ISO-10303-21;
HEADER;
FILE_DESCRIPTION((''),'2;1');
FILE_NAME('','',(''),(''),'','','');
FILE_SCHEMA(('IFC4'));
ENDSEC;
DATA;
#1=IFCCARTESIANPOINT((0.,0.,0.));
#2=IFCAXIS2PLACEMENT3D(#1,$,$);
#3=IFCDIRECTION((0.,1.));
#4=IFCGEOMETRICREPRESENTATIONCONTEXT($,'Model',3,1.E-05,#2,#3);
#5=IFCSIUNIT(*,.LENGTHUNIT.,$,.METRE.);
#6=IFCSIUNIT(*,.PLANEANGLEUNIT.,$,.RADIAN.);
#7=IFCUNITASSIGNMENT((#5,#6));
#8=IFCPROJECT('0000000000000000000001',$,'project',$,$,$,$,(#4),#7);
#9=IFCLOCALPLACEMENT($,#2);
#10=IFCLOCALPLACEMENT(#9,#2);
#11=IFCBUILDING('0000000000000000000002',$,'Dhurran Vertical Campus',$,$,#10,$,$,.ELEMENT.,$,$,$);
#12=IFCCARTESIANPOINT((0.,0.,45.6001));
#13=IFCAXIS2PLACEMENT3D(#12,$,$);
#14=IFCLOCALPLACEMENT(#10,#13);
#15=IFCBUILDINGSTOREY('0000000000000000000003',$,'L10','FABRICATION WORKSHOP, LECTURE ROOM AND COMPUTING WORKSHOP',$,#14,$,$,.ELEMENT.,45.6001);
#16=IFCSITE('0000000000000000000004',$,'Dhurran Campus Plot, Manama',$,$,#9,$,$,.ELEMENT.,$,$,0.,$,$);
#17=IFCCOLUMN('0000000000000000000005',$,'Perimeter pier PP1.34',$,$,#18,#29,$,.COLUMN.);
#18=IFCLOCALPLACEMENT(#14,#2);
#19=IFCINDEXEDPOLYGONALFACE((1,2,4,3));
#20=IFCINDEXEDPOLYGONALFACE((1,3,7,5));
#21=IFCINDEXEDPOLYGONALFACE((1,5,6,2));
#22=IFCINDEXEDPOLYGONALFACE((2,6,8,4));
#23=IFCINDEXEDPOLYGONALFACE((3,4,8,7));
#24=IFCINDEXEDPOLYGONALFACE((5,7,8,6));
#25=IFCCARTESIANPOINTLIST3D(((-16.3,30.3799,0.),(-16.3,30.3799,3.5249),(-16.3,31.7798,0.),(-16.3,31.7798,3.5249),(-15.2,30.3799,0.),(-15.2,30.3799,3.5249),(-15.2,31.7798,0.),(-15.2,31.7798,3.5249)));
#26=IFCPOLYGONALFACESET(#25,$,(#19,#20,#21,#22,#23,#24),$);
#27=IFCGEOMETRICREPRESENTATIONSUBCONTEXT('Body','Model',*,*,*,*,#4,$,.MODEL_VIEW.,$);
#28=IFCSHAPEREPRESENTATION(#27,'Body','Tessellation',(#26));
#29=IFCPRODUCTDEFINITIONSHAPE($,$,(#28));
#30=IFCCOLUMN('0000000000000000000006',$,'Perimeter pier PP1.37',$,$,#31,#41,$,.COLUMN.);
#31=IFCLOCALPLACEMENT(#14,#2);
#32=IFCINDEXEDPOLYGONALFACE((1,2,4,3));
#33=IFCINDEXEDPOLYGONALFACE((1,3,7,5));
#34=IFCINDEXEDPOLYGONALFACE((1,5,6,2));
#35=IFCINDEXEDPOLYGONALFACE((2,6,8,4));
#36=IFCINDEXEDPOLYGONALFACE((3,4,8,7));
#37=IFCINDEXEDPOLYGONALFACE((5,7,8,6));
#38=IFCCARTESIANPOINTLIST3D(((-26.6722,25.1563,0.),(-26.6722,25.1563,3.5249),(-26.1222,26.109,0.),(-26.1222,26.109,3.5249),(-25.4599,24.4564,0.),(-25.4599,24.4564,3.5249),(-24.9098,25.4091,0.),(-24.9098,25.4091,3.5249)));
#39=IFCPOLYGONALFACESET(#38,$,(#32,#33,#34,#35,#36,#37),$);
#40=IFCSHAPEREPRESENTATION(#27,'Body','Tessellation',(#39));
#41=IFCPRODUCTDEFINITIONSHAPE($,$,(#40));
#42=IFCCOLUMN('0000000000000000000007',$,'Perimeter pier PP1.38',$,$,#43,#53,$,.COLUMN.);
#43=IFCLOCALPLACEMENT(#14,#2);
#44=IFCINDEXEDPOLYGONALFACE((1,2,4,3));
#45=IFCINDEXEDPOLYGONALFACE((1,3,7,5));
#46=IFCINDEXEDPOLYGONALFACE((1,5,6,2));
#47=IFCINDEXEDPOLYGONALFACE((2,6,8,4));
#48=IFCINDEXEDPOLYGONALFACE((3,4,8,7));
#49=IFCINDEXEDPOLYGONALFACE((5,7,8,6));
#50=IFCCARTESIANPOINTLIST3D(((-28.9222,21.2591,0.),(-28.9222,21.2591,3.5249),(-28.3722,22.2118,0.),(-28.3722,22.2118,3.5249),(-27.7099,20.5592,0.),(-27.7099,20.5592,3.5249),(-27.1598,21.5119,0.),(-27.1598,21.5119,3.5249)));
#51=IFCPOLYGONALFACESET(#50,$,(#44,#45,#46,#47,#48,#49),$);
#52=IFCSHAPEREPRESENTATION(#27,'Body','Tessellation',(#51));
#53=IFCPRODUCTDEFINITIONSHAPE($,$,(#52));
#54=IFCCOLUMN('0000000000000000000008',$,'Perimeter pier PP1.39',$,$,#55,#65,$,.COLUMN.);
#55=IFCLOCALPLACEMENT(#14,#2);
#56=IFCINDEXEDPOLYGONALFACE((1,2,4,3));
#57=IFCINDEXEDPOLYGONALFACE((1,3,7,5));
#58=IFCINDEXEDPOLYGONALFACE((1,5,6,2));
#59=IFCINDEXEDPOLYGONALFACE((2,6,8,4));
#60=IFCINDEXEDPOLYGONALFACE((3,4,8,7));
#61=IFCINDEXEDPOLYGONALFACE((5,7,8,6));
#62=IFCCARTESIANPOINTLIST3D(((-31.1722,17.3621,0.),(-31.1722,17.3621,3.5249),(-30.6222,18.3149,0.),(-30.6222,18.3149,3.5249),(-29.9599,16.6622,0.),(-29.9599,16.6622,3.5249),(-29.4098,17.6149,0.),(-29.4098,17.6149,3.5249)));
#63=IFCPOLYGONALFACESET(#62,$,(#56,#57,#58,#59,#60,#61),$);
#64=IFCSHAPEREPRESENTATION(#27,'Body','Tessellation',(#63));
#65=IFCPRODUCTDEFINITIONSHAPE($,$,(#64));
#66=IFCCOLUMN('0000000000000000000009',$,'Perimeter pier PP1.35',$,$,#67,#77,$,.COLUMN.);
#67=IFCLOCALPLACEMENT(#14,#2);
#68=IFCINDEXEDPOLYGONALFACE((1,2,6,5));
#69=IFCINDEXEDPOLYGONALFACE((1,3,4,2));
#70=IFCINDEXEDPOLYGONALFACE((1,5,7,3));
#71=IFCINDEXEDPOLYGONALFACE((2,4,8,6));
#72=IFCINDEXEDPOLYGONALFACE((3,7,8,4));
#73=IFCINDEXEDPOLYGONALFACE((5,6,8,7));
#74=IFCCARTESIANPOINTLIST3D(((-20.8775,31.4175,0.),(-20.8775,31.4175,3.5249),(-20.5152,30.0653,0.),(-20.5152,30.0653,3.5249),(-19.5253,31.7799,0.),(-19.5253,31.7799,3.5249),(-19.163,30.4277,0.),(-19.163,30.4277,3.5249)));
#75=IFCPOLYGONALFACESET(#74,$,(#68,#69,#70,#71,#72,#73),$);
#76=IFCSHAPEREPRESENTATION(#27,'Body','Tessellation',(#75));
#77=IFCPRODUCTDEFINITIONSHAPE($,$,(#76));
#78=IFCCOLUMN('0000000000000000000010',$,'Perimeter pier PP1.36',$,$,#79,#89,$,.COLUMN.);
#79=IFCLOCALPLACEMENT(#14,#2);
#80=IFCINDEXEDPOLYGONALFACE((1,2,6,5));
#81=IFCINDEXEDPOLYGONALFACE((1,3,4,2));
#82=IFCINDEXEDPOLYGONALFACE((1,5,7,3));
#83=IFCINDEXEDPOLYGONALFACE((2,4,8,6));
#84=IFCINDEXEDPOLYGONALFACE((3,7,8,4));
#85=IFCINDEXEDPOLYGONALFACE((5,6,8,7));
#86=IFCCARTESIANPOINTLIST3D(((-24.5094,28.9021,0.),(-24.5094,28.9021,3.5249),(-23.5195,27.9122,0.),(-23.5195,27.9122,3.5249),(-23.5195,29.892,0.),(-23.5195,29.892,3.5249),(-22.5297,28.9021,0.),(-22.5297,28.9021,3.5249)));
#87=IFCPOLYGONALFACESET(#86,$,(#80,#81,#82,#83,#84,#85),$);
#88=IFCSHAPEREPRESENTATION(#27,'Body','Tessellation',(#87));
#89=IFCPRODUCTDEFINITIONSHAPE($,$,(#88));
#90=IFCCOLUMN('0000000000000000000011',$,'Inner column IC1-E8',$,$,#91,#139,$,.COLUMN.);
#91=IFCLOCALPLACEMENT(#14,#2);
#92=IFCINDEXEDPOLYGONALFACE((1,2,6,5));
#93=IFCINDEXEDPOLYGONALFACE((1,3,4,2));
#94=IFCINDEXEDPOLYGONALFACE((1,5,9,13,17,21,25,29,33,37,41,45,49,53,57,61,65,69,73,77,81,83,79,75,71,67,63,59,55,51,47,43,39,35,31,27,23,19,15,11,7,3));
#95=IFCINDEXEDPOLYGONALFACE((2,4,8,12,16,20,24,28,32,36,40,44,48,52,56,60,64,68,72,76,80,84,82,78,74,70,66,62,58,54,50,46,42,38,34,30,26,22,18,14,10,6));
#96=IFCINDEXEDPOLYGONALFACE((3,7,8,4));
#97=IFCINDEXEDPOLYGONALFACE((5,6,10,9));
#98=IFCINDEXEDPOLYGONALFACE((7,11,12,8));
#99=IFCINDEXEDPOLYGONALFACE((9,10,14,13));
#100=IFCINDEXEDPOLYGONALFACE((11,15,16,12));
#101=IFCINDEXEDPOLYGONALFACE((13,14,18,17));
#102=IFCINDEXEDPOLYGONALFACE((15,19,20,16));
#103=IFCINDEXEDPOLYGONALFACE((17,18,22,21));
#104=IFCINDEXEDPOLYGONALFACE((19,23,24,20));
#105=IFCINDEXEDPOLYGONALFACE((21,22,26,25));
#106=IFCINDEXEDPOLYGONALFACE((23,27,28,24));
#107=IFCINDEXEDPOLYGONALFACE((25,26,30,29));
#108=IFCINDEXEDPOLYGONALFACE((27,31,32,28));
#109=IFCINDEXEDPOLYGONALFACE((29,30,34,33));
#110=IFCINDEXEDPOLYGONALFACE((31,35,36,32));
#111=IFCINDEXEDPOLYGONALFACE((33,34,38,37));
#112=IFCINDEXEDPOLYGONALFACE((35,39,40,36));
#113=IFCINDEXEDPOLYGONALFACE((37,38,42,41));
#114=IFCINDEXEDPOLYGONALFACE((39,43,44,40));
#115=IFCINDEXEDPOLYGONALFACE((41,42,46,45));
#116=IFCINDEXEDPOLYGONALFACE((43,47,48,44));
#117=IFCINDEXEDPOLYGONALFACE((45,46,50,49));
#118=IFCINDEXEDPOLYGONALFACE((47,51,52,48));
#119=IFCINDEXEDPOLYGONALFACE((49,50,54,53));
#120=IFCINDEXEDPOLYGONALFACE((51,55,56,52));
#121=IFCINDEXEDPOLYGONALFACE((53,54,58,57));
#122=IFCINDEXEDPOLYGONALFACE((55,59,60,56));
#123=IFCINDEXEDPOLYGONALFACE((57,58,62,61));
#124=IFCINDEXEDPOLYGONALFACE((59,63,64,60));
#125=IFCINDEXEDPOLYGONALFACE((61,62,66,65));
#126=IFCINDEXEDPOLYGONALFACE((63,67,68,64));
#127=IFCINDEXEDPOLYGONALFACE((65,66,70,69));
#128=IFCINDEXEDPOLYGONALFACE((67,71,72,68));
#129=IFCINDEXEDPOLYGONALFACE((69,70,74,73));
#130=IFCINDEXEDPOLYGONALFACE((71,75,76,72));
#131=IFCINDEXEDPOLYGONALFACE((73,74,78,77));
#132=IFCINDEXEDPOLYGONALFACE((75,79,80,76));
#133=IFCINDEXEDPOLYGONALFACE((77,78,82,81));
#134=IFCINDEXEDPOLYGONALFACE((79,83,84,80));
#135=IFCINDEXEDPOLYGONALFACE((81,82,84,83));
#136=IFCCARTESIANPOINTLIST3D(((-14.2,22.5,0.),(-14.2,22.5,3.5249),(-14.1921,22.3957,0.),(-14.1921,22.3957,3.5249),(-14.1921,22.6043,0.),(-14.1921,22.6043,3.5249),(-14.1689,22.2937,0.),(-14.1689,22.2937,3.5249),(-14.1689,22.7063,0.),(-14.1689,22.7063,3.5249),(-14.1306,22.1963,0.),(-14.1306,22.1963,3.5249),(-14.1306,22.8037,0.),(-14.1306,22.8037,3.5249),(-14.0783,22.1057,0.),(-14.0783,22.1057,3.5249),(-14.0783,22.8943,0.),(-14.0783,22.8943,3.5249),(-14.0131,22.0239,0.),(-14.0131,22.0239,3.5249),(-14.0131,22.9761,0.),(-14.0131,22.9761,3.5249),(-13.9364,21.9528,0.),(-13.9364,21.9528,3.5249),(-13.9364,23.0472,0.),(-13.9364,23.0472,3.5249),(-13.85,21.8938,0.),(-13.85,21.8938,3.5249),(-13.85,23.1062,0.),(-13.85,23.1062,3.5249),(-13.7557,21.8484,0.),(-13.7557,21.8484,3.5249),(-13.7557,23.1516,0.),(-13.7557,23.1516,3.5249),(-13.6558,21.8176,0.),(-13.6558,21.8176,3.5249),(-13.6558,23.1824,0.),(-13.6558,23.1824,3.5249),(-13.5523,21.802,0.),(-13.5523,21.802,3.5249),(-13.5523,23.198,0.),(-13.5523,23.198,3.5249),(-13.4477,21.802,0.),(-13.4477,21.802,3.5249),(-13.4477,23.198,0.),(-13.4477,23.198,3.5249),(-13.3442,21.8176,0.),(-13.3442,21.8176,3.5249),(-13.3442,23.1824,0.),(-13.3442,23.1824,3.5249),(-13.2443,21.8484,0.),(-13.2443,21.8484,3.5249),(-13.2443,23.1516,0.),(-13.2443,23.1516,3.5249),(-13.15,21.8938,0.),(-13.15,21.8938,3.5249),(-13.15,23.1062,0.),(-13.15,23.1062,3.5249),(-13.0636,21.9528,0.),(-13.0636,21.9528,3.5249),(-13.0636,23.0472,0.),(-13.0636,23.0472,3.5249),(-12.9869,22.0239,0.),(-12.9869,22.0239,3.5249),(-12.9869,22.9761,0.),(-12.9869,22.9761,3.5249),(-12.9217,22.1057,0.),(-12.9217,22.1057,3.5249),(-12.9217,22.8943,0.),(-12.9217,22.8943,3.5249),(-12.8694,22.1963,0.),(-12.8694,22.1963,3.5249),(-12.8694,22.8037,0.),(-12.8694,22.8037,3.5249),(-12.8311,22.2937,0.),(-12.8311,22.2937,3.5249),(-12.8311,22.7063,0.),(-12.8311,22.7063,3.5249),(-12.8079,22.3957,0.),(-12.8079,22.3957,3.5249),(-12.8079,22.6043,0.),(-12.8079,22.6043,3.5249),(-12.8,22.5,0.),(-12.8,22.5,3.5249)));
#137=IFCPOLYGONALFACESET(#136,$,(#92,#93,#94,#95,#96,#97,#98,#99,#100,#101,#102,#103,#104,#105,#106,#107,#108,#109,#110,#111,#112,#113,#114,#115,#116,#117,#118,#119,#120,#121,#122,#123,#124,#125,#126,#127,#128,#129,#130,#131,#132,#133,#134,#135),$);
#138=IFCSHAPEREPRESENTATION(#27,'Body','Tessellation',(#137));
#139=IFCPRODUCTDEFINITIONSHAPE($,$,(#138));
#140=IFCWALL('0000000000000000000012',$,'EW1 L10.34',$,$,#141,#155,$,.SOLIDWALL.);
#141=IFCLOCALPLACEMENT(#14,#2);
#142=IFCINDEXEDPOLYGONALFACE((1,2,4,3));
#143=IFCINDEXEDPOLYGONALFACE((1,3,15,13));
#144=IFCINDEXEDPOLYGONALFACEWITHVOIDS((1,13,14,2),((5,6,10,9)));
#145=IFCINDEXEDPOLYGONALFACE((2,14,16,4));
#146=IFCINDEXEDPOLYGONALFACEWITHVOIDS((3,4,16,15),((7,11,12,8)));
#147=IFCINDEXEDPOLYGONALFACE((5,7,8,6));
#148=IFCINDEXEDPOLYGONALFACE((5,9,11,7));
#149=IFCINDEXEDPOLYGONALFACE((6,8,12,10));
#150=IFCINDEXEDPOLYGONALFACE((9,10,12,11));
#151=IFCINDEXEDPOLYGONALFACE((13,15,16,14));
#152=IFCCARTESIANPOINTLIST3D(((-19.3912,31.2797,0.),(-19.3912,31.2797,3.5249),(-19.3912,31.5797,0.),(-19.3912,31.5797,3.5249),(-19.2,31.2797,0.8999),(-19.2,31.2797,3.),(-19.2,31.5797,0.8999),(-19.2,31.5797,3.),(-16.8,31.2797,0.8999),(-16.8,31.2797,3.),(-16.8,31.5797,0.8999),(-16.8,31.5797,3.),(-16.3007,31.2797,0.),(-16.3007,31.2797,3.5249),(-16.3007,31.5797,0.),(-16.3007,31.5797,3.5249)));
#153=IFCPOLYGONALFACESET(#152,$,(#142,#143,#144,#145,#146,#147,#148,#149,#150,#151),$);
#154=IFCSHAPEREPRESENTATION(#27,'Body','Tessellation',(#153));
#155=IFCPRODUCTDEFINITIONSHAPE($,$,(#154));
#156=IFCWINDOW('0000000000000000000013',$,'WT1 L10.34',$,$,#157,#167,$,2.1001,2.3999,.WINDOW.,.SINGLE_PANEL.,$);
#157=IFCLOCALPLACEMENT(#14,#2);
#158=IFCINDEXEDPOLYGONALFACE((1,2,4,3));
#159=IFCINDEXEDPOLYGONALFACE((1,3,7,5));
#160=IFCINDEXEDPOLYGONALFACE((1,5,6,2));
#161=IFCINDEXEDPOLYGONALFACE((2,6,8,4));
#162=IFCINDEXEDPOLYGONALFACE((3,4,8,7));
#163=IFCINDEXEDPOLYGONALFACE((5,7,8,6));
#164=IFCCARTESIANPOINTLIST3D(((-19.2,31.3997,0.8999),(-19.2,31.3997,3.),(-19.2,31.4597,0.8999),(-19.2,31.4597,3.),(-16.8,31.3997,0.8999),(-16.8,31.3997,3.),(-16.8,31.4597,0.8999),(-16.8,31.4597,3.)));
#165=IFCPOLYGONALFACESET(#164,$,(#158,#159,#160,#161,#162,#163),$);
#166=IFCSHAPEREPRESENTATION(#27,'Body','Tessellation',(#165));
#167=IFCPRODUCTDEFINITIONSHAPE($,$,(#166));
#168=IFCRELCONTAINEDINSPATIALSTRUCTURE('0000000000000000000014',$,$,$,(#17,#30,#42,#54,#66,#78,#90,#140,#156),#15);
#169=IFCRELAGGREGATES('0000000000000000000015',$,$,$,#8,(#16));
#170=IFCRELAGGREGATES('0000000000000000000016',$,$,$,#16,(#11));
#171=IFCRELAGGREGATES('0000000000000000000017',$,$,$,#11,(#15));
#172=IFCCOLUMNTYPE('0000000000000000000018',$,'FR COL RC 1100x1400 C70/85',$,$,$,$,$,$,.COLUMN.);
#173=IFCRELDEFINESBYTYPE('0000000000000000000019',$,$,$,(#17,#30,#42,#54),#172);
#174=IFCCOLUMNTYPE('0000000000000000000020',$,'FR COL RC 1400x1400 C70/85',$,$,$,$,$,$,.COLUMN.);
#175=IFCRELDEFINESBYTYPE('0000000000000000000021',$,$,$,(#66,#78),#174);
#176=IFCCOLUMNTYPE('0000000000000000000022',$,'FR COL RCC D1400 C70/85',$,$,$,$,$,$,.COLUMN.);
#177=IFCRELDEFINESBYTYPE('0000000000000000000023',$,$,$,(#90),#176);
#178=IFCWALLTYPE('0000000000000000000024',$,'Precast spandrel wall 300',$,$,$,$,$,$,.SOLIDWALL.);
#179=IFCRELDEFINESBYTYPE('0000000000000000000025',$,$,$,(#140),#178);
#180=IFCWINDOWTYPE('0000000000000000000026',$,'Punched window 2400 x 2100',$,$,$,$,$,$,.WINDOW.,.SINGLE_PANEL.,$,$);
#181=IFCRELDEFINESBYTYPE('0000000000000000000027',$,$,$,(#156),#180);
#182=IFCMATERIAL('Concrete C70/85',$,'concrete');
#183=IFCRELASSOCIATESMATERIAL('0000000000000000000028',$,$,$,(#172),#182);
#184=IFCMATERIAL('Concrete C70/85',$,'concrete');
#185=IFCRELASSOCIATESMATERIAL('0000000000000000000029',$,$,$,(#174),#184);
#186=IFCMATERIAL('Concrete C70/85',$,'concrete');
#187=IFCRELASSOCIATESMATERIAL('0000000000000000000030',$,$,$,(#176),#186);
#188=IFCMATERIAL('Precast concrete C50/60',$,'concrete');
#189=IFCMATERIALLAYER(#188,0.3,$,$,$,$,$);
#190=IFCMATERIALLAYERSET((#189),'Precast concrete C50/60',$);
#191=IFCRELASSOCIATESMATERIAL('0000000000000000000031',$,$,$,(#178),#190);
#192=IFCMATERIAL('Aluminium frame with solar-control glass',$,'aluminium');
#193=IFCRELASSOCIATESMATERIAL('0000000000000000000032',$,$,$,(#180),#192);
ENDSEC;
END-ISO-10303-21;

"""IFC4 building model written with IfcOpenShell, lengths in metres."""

from ifc_helpers import new_model, si_unit, direction, frame, frame_2d, origin, origin_2d, place, context, subcontext, project, spatial, rectangle, circle, extrude, material, layer, layer_set, material_profile, profile_set, type_object, element, fill, save


model = new_model("IFC4")

# Units and contexts
model_context = context("Model", 3, precision=1e-05, world=origin(), true_north=direction((0.0, 1.0)))
body_context = subcontext(model_context, "Body", "Model", "MODEL_VIEW")
ifc_project = project(units=[si_unit("LENGTHUNIT", "METRE"), si_unit("PLANEANGLEUNIT", "RADIAN")], contexts=[model_context])

# Site, building, storey
site_placement = place(None, origin())
site = spatial("IfcSite", under=ifc_project, at=site_placement, Name="Dhurran Campus Plot, Manama", CompositionType="ELEMENT", RefElevation=0.0)
building_placement = place(site_placement, origin())
building = spatial("IfcBuilding", under=site, at=building_placement, Name="Dhurran Vertical Campus", CompositionType="ELEMENT")
storey_placement = place(building_placement, frame((0.0, 0.0, 45.6001)))
storey = spatial("IfcBuildingStorey", under=building, at=storey_placement, Name="L10", Description="FABRICATION WORKSHOP, LECTURE ROOM AND COMPUTING WORKSHOP", CompositionType="ELEMENT", Elevation=45.6001)

# Columns
ifc_material_1 = material(Name="Concrete C70/85", Category="concrete")
ifc_material_profile_1 = material_profile(ifc_material_1, rectangle(XDim=1.1001, YDim=1.3999, at=origin_2d()), Name="RC 1100x1400")
ifc_profile_set_1 = profile_set([ifc_material_profile_1], Name="Concrete C70/85")
column_type_1 = type_object("IfcColumnType", Name="FR COL RC 1100x1400 C70/85", PredefinedType="COLUMN", material=ifc_profile_set_1)
for number, where, z_axis, x_axis, name in (
    (1, (-15.75, 31.0798, 0.0), (0.0, 0.0, 1.0), (-1.0, 0.0, 0.0), "Perimeter pier PP1.34"),
    (2, (-25.791, 25.2827, 0.0), (0.0, 0.0, 1.0), (-0.5, -0.866025, 0.0), "Perimeter pier PP1.37"),
    (3, (-28.041, 21.3855, 0.0), (0.0, 0.0, 1.0), (-0.5, -0.866025, 0.0), "Perimeter pier PP1.38"),
    (4, (-30.291, 17.4885, 0.0), (0.0, 0.0, 1.0), (-0.5, -0.866025, 0.0), "Perimeter pier PP1.39"),
):
    element("IfcColumn", number, at=place(storey_placement, frame(where, z_axis=z_axis, x_axis=x_axis)), inside=storey, type_object=column_type_1, Name=name, PredefinedType="COLUMN", context=body_context, shape_type="SweptSolid", body=[
        extrude(rectangle(XDim=1.1001, YDim=1.3999, at=origin_2d()), origin(), (0.0, 0.0, 1.0), 3.5249),
    ])
ifc_material_2 = material(Name="Concrete C70/85", Category="concrete")
ifc_material_profile_2 = material_profile(ifc_material_2, rectangle(XDim=1.3999, YDim=1.3999, at=origin_2d()), Name="RC 1400x1400")
ifc_profile_set_2 = profile_set([ifc_material_profile_2], Name="Concrete C70/85")
column_type_2 = type_object("IfcColumnType", Name="FR COL RC 1400x1400 C70/85", PredefinedType="COLUMN", material=ifc_profile_set_2)
for number, where, z_axis, x_axis, name in (
    (5, (-20.0203, 30.9226, 0.0), (0.0, 0.0, 1.0), (-0.965926, -0.258819, 0.0), "Perimeter pier PP1.35"),
    (6, (-23.5195, 28.9021, 0.0), (0.0, 0.0, 1.0), (-0.707107, -0.707107, 0.0), "Perimeter pier PP1.36"),
):
    element("IfcColumn", number, at=place(storey_placement, frame(where, z_axis=z_axis, x_axis=x_axis)), inside=storey, type_object=column_type_2, Name=name, PredefinedType="COLUMN", context=body_context, shape_type="SweptSolid", body=[
        extrude(rectangle(XDim=1.3999, YDim=1.3999, at=origin_2d()), origin(), (0.0, 0.0, 1.0), 3.5249),
    ])
ifc_material_3 = material(Name="Concrete C70/85", Category="concrete")
ifc_material_profile_3 = material_profile(ifc_material_3, circle(Radius=0.7, at=origin_2d()), Name="RCC D1400")
ifc_profile_set_3 = profile_set([ifc_material_profile_3], Name="Concrete C70/85")
column_type_3 = type_object("IfcColumnType", Name="FR COL RCC D1400 C70/85", PredefinedType="COLUMN", material=ifc_profile_set_3)
column_placement = place(storey_placement, frame((-13.5, 22.5, 0.0), z_axis=(0.0, 0.0, 1.0), x_axis=(1.0, 0.0, 0.0)))
element("IfcColumn", 7, at=column_placement, inside=storey, type_object=column_type_3, Name="Inner column IC1-E8", PredefinedType="COLUMN", context=body_context, shape_type="SweptSolid", body=[
    extrude(circle(Radius=0.7, at=origin_2d()), origin(), (0.0, 0.0, 1.0), 3.5249),
])

# Wall, opening, window
ifc_material_4 = material(Name="Precast concrete C50/60", Category="concrete")
ifc_layer_1 = layer(ifc_material_4, 0.3)
ifc_layer_set_1 = layer_set([ifc_layer_1], Name="Precast concrete C50/60")
wall_type_1 = type_object("IfcWallType", Name="Precast spandrel wall 300", PredefinedType="SOLIDWALL", material=ifc_layer_set_1)
wall_1_placement = place(storey_placement, frame((-16.3005, 31.4297, 0.0), z_axis=(0.0, 0.0, 1.0), x_axis=(-1.0, 0.0, 0.0)))
wall_1 = element("IfcWall", 8, at=wall_1_placement, inside=storey, type_object=wall_type_1, Name="EW1 L10.34", PredefinedType="SOLIDWALL", context=body_context, shape_type="SweptSolid", body=[
    extrude(rectangle(XDim=3.0906, YDim=0.3, at=frame_2d((1.5454, 0.0))), origin(), (0.0, 0.0, 1.0), 3.5249),
])
opening_1_placement = place(wall_1_placement, frame((0.4995, 0.0, 0.8999)))
opening_1 = element("IfcOpeningElement", 9, at=opening_1_placement, cuts=wall_1, PredefinedType="OPENING", context=body_context, shape_type="SweptSolid", body=[
    extrude(rectangle(XDim=2.3999, YDim=2.1001, at=frame_2d((1.2, 1.05))), frame((0.0, 0.1599, 0.0), z_axis=(0.0, -1.0, 0.0), x_axis=(1.0, 0.0, 0.0)), (0.0, 0.0, 1.0), 0.3201),
])
ifc_material_5 = material(Name="Aluminium frame with solar-control glass", Category="aluminium")
window_type = type_object("IfcWindowType", Name="Punched window 2400 x 2100", PartitioningType="SINGLE_PANEL", PredefinedType="WINDOW", material=ifc_material_5)
window_1_placement = place(opening_1_placement, origin())
window_1 = element("IfcWindow", 10, at=window_1_placement, inside=storey, type_object=window_type, Name="WT1 L10.34", OverallHeight=2.1001, OverallWidth=2.3999, PartitioningType="SINGLE_PANEL", PredefinedType="WINDOW", context=body_context, shape_type="SweptSolid", body=[
    extrude(rectangle(XDim=2.3999, YDim=2.1001, at=frame_2d((1.2, 1.05))), frame((0.0, 0.03, 0.0), z_axis=(0.0, -1.0, 0.0), x_axis=(1.0, 0.0, 0.0)), (0.0, 0.0, 1.0), 0.0601),
])
fill(opening_1, window_1)

save(model, "model.ifc")
